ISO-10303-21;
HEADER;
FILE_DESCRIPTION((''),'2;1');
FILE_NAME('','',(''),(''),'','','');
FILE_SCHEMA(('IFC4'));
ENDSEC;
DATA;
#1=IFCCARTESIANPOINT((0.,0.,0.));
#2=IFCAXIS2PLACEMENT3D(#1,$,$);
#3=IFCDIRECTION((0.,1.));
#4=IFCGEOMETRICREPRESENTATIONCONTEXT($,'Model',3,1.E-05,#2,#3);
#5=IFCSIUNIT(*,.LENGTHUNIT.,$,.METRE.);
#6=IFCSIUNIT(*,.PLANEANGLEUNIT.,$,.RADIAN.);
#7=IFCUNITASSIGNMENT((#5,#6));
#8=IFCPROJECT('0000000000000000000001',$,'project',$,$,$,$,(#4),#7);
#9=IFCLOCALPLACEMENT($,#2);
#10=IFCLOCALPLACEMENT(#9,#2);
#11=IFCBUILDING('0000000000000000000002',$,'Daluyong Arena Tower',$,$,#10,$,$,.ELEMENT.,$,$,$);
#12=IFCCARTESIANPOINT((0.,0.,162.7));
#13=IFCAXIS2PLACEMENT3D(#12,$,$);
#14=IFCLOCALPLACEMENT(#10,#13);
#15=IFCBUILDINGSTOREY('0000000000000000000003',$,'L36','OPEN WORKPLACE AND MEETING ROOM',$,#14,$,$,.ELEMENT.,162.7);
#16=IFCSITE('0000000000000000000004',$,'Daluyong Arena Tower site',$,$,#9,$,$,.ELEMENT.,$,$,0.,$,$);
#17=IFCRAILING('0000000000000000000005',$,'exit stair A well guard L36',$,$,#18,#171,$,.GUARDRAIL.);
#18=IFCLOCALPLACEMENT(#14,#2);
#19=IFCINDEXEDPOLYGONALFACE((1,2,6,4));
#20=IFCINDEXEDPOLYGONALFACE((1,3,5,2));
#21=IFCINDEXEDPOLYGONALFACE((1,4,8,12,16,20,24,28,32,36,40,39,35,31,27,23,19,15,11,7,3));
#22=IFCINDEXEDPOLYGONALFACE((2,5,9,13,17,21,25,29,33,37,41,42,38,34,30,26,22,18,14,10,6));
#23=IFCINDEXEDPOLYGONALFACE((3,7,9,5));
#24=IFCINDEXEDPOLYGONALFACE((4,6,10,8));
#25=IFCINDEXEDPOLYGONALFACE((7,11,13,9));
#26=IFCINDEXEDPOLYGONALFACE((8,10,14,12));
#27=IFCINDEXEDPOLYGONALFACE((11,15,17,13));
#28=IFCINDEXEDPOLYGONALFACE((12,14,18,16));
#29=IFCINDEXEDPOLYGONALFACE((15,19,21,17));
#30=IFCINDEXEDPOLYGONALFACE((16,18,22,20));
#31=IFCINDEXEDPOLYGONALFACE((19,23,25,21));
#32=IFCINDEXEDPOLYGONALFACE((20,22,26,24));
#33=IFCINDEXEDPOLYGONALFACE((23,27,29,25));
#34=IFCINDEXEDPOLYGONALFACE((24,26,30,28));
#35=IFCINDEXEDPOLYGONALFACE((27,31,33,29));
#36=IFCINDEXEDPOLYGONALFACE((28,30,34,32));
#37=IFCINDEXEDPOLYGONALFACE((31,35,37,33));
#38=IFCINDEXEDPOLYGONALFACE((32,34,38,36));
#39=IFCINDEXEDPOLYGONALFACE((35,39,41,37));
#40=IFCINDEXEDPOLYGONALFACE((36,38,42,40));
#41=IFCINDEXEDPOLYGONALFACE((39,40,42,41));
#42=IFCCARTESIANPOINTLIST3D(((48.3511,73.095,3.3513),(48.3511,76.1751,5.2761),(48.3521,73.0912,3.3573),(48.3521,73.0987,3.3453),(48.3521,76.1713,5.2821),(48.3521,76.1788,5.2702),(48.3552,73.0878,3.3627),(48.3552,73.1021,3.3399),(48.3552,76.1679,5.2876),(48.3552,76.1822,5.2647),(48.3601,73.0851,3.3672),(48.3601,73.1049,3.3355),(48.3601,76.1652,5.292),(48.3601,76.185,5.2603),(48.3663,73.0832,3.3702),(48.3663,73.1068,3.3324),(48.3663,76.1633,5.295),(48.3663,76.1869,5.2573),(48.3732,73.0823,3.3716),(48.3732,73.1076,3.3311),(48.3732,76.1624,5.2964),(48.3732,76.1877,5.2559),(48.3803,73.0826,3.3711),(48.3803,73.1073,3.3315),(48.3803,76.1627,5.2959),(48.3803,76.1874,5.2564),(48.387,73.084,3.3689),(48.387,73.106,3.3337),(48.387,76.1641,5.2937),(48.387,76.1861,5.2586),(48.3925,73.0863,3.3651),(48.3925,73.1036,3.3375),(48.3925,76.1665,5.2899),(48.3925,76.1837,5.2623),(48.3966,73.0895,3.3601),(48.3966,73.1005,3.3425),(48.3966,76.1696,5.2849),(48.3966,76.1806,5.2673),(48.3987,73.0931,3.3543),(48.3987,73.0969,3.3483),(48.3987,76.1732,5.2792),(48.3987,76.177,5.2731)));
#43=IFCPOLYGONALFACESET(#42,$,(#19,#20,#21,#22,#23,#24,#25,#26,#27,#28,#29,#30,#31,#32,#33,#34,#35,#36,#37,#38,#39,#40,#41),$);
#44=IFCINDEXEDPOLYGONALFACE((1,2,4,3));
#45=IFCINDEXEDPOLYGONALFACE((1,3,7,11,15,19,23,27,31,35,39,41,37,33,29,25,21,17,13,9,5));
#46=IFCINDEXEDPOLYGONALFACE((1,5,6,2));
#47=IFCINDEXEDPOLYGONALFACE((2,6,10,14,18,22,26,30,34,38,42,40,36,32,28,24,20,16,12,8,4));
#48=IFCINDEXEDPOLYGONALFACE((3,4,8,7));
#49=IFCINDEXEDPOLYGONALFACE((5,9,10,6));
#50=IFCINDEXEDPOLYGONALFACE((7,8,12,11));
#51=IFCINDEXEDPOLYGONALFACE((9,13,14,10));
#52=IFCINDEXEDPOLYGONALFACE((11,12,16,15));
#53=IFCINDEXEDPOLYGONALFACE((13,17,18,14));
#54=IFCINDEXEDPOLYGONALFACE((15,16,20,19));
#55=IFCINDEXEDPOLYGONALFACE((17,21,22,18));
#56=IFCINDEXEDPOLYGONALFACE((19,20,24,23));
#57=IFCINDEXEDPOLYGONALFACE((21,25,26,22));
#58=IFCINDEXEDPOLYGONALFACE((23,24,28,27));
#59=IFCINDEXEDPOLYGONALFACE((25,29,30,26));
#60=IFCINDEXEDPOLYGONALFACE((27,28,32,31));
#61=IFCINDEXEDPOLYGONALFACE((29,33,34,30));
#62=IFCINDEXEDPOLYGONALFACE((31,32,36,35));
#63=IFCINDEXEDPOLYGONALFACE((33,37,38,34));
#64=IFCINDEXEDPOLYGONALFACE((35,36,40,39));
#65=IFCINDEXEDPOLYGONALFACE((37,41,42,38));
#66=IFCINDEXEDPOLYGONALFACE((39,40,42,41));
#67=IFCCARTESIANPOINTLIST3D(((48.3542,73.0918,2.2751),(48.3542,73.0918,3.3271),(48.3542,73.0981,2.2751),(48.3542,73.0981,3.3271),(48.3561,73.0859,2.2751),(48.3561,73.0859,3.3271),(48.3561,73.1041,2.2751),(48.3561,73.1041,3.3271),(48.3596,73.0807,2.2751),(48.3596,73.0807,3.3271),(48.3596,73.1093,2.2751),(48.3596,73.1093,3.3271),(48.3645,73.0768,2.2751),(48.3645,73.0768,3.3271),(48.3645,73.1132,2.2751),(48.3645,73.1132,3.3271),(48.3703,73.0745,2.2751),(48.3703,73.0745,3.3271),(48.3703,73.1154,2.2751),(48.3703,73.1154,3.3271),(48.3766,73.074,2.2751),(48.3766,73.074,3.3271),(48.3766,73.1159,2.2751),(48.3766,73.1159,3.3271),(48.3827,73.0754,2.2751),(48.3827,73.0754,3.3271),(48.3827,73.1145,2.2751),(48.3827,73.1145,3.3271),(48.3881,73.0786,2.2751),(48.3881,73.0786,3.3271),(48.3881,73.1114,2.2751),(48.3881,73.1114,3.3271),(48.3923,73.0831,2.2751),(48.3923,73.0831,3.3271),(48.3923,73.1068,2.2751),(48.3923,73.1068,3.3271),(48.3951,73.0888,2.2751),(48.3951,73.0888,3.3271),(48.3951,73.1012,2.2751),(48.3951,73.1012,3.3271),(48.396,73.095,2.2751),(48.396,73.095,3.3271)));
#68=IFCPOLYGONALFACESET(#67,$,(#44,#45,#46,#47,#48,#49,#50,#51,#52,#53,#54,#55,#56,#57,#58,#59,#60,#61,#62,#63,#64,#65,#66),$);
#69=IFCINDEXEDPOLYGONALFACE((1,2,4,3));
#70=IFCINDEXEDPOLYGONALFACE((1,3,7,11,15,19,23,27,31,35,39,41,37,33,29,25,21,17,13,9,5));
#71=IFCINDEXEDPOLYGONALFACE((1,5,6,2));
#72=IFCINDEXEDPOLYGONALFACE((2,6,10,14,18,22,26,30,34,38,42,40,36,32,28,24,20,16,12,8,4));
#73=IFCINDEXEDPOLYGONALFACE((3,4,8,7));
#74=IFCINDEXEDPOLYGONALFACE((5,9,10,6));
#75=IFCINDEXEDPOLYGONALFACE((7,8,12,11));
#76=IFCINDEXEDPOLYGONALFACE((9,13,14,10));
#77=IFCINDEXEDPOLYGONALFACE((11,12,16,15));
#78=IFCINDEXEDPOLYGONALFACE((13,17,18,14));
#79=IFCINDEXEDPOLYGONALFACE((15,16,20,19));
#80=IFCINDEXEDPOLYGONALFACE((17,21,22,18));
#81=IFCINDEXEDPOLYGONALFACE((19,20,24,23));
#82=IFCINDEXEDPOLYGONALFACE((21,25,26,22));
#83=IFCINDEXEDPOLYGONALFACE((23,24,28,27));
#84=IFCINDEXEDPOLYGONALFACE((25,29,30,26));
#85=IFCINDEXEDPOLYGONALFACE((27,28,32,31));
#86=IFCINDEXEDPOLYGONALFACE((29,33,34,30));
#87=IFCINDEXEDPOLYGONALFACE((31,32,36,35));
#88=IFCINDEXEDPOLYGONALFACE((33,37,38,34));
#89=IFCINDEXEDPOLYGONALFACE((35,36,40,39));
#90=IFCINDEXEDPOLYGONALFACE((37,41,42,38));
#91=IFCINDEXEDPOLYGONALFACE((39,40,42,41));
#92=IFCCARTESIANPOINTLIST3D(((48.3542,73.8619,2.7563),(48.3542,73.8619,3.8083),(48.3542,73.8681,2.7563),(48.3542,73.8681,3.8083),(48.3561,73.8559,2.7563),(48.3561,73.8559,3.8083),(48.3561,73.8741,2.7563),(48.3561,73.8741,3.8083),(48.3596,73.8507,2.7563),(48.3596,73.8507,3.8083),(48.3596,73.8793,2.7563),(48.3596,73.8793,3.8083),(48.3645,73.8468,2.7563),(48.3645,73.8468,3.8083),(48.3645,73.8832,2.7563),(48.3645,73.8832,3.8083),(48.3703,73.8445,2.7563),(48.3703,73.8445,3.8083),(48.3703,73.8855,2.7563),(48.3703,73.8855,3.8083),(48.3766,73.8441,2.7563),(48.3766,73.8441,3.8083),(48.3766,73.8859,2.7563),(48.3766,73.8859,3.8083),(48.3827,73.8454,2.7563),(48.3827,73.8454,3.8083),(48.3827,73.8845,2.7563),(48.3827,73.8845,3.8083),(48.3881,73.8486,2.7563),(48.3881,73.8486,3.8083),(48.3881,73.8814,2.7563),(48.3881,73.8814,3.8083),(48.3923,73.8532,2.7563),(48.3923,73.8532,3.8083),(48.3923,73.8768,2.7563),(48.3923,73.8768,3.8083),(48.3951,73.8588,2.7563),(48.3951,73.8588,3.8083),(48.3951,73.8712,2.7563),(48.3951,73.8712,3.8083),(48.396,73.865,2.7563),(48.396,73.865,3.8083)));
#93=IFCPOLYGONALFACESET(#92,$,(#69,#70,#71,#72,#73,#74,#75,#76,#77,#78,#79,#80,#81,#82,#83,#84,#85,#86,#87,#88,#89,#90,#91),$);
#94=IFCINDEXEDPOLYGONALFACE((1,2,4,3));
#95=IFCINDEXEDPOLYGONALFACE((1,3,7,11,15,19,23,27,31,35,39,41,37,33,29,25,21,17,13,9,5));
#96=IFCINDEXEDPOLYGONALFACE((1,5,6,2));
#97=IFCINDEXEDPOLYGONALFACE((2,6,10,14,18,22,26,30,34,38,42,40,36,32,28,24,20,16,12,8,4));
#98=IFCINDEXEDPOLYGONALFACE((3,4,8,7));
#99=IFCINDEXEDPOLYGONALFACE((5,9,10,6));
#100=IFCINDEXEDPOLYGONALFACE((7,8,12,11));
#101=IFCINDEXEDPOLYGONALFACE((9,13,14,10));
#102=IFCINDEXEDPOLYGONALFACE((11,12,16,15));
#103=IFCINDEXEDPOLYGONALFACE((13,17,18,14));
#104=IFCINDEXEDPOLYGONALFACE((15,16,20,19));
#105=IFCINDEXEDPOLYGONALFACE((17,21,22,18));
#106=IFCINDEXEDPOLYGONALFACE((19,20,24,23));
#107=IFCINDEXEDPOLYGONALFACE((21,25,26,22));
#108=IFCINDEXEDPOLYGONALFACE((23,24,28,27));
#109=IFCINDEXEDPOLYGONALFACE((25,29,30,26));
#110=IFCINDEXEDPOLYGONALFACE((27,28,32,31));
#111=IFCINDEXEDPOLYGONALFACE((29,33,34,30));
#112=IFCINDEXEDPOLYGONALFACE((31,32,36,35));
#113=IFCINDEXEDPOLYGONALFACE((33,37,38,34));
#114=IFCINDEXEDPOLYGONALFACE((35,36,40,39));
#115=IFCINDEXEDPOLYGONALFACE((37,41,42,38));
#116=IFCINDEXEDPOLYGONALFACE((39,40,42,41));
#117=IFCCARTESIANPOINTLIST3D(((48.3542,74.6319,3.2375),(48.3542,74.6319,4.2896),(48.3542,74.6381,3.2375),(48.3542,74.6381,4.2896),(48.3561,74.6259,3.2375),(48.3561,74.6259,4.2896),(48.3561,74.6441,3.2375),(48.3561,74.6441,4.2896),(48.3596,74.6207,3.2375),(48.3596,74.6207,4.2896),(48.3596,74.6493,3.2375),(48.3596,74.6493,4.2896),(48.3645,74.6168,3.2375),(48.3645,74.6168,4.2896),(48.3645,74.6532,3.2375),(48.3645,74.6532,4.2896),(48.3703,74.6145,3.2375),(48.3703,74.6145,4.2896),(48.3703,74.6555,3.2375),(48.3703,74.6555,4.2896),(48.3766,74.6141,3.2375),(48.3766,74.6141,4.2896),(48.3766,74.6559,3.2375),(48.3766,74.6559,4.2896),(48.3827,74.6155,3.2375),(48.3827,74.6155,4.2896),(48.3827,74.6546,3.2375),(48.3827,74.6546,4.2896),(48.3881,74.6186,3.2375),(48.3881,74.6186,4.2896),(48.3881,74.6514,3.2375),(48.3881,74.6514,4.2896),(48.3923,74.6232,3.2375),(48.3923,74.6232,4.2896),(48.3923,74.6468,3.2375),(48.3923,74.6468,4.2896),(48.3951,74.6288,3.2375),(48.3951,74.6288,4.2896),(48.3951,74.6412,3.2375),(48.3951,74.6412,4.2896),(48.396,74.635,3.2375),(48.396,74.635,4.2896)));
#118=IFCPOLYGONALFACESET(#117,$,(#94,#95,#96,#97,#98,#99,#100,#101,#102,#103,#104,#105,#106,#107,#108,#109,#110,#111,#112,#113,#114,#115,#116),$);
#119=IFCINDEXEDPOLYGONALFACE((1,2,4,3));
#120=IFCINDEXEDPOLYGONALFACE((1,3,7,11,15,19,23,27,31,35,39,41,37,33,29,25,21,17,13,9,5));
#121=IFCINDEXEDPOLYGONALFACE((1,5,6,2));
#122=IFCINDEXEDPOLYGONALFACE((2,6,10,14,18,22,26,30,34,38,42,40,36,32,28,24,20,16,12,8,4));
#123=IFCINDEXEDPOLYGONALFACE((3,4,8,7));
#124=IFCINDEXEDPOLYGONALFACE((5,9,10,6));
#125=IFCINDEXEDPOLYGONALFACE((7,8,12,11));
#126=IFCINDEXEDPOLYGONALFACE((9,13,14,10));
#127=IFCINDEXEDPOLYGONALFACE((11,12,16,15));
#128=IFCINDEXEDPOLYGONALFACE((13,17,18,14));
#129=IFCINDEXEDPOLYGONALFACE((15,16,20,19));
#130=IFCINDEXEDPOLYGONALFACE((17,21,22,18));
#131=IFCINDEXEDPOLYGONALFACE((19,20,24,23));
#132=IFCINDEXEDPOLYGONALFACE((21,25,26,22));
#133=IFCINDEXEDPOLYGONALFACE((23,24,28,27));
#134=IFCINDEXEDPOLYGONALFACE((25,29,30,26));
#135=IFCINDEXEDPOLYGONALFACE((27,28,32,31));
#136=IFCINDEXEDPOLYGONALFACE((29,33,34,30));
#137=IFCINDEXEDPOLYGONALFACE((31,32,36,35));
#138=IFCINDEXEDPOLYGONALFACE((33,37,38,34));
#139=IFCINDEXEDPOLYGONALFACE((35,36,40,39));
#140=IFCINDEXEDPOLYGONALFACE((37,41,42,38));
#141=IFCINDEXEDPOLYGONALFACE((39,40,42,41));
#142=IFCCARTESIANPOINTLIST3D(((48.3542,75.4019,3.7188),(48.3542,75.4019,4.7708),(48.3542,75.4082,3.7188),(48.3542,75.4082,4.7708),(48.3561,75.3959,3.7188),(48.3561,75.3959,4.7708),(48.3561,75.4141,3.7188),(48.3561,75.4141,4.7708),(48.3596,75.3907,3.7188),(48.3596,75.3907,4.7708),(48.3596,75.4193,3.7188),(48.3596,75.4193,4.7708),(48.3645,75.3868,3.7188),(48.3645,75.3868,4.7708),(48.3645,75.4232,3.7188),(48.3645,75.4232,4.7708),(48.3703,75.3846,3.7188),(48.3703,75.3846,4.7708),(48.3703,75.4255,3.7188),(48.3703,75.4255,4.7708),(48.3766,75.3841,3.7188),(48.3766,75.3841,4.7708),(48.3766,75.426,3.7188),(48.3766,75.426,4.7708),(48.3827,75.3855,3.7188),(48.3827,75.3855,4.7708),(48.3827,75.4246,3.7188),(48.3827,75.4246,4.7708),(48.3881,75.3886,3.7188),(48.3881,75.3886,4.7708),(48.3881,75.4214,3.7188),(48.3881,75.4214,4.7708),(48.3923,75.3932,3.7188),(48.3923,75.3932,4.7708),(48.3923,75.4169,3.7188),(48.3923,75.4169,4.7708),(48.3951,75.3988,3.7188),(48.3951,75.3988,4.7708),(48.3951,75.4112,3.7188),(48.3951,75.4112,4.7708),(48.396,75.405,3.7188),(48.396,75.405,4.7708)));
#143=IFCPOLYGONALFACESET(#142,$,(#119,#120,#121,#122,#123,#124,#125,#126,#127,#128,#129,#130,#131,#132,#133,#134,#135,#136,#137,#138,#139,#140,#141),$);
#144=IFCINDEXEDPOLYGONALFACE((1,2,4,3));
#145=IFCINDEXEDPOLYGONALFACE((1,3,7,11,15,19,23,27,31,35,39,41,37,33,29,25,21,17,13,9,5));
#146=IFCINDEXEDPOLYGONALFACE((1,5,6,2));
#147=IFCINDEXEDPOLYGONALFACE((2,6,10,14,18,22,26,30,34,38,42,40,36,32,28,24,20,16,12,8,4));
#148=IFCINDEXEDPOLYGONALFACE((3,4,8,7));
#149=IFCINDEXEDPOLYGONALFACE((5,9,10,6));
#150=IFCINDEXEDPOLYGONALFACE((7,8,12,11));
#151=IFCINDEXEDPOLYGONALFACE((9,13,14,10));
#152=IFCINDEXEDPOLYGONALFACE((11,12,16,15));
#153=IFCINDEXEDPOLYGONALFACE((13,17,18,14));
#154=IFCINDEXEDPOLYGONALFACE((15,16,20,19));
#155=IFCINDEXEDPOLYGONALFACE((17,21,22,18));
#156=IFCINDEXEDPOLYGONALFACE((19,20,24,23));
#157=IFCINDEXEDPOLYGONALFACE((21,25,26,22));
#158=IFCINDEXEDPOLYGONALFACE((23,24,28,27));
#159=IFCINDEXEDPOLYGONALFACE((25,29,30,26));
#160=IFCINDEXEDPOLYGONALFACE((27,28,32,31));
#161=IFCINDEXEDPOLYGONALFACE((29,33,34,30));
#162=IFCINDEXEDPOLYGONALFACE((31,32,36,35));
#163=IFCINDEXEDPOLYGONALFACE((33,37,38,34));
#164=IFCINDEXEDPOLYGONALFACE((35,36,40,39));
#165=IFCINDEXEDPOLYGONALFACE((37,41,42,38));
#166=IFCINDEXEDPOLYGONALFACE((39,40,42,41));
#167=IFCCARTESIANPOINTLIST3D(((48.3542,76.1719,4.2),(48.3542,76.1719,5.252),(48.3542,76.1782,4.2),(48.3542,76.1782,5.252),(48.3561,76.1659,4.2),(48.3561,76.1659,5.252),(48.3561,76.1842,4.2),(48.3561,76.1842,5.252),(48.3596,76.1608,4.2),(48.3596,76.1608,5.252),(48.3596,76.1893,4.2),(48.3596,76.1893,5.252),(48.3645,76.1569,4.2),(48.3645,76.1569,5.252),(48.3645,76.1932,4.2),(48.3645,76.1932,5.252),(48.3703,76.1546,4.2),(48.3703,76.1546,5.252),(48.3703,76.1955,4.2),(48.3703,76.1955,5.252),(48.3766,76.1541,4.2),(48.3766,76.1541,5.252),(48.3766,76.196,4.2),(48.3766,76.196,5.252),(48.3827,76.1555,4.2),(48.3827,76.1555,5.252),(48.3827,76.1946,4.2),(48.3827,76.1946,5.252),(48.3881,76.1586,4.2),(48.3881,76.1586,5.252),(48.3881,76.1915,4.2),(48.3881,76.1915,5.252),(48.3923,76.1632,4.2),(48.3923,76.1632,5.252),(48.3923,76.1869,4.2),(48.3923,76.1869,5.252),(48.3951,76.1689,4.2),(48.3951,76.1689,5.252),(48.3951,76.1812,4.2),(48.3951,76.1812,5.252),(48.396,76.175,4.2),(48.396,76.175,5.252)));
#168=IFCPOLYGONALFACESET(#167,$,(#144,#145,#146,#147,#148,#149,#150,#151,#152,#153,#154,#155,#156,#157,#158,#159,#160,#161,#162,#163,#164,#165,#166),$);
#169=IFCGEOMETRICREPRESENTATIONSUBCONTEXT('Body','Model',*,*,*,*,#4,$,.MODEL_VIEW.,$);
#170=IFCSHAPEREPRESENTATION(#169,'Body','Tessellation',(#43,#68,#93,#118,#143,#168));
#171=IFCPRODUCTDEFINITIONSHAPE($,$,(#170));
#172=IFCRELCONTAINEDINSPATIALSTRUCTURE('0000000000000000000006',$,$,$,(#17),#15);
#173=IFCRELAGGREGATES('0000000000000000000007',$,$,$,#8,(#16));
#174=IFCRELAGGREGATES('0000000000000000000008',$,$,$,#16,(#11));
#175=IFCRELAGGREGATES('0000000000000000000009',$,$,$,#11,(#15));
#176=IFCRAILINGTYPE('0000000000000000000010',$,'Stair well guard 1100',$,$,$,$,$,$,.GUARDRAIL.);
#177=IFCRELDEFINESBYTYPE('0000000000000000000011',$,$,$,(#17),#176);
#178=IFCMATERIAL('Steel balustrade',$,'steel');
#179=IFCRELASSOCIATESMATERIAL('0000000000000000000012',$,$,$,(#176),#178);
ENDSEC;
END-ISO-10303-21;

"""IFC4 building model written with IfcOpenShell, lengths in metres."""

from ifc_helpers import new_model, si_unit, direction, frame, origin, origin_2d, place, context, subcontext, project, spatial, circle, extrude, material, type_object, element, save


model = new_model("IFC4")

# Units and contexts
model_context = context("Model", 3, precision=1e-05, world=origin(), true_north=direction((0.0, 1.0)))
body_context = subcontext(model_context, "Body", "Model", "MODEL_VIEW")
ifc_project = project(units=[si_unit("LENGTHUNIT", "METRE"), si_unit("PLANEANGLEUNIT", "RADIAN")], contexts=[model_context])

# Site, building, storey
site_placement = place(None, origin())
site = spatial("IfcSite", under=ifc_project, at=site_placement, Name="Daluyong Arena Tower site", CompositionType="ELEMENT", RefElevation=0.0)
building_placement = place(site_placement, origin())
building = spatial("IfcBuilding", under=site, at=building_placement, Name="Daluyong Arena Tower", CompositionType="ELEMENT")
storey_placement = place(building_placement, frame((0.0, 0.0, 162.7)))
storey = spatial("IfcBuildingStorey", under=building, at=storey_placement, Name="L36", Description="OPEN WORKPLACE AND MEETING ROOM", CompositionType="ELEMENT", Elevation=162.7)

# Railing
ifc_material_1 = material(Name="Steel balustrade", Category="steel")
railing_type_1 = type_object("IfcRailingType", Name="Stair well guard 1100", PredefinedType="GUARDRAIL", material=ifc_material_1)
railing_1_placement = place(storey_placement, frame((48.375, 73.095, 2.2751)))
element("IfcRailing", 1, at=railing_1_placement, inside=storey, type_object=railing_type_1, Name="exit stair A well guard L36", PredefinedType="GUARDRAIL", context=body_context, shape_type="SweptSolid", body=[
    extrude(circle(Radius=0.0239, at=origin_2d()), frame((0.0, 0.0, 1.0762), z_axis=(0.0, 0.848029, 0.529951), x_axis=(-1.0, 0.0, 0.0)), (0.0, 0.0, 1.0), 3.6321),
    extrude(circle(Radius=0.021, at=origin_2d()), origin(), (0.0, 0.0, 1.0), 1.052),
    extrude(circle(Radius=0.021, at=origin_2d()), frame((0.0, 0.77, 0.4812)), (0.0, 0.0, 1.0), 1.052),
    extrude(circle(Radius=0.021, at=origin_2d()), frame((0.0, 1.54, 0.9624)), (0.0, 0.0, 1.0), 1.052),
    extrude(circle(Radius=0.021, at=origin_2d()), frame((0.0, 2.3101, 1.4436)), (0.0, 0.0, 1.0), 1.052),
    extrude(circle(Radius=0.021, at=origin_2d()), frame((0.0, 3.0801, 1.9248)), (0.0, 0.0, 1.0), 1.052),
])

save(model, "model.ifc")
